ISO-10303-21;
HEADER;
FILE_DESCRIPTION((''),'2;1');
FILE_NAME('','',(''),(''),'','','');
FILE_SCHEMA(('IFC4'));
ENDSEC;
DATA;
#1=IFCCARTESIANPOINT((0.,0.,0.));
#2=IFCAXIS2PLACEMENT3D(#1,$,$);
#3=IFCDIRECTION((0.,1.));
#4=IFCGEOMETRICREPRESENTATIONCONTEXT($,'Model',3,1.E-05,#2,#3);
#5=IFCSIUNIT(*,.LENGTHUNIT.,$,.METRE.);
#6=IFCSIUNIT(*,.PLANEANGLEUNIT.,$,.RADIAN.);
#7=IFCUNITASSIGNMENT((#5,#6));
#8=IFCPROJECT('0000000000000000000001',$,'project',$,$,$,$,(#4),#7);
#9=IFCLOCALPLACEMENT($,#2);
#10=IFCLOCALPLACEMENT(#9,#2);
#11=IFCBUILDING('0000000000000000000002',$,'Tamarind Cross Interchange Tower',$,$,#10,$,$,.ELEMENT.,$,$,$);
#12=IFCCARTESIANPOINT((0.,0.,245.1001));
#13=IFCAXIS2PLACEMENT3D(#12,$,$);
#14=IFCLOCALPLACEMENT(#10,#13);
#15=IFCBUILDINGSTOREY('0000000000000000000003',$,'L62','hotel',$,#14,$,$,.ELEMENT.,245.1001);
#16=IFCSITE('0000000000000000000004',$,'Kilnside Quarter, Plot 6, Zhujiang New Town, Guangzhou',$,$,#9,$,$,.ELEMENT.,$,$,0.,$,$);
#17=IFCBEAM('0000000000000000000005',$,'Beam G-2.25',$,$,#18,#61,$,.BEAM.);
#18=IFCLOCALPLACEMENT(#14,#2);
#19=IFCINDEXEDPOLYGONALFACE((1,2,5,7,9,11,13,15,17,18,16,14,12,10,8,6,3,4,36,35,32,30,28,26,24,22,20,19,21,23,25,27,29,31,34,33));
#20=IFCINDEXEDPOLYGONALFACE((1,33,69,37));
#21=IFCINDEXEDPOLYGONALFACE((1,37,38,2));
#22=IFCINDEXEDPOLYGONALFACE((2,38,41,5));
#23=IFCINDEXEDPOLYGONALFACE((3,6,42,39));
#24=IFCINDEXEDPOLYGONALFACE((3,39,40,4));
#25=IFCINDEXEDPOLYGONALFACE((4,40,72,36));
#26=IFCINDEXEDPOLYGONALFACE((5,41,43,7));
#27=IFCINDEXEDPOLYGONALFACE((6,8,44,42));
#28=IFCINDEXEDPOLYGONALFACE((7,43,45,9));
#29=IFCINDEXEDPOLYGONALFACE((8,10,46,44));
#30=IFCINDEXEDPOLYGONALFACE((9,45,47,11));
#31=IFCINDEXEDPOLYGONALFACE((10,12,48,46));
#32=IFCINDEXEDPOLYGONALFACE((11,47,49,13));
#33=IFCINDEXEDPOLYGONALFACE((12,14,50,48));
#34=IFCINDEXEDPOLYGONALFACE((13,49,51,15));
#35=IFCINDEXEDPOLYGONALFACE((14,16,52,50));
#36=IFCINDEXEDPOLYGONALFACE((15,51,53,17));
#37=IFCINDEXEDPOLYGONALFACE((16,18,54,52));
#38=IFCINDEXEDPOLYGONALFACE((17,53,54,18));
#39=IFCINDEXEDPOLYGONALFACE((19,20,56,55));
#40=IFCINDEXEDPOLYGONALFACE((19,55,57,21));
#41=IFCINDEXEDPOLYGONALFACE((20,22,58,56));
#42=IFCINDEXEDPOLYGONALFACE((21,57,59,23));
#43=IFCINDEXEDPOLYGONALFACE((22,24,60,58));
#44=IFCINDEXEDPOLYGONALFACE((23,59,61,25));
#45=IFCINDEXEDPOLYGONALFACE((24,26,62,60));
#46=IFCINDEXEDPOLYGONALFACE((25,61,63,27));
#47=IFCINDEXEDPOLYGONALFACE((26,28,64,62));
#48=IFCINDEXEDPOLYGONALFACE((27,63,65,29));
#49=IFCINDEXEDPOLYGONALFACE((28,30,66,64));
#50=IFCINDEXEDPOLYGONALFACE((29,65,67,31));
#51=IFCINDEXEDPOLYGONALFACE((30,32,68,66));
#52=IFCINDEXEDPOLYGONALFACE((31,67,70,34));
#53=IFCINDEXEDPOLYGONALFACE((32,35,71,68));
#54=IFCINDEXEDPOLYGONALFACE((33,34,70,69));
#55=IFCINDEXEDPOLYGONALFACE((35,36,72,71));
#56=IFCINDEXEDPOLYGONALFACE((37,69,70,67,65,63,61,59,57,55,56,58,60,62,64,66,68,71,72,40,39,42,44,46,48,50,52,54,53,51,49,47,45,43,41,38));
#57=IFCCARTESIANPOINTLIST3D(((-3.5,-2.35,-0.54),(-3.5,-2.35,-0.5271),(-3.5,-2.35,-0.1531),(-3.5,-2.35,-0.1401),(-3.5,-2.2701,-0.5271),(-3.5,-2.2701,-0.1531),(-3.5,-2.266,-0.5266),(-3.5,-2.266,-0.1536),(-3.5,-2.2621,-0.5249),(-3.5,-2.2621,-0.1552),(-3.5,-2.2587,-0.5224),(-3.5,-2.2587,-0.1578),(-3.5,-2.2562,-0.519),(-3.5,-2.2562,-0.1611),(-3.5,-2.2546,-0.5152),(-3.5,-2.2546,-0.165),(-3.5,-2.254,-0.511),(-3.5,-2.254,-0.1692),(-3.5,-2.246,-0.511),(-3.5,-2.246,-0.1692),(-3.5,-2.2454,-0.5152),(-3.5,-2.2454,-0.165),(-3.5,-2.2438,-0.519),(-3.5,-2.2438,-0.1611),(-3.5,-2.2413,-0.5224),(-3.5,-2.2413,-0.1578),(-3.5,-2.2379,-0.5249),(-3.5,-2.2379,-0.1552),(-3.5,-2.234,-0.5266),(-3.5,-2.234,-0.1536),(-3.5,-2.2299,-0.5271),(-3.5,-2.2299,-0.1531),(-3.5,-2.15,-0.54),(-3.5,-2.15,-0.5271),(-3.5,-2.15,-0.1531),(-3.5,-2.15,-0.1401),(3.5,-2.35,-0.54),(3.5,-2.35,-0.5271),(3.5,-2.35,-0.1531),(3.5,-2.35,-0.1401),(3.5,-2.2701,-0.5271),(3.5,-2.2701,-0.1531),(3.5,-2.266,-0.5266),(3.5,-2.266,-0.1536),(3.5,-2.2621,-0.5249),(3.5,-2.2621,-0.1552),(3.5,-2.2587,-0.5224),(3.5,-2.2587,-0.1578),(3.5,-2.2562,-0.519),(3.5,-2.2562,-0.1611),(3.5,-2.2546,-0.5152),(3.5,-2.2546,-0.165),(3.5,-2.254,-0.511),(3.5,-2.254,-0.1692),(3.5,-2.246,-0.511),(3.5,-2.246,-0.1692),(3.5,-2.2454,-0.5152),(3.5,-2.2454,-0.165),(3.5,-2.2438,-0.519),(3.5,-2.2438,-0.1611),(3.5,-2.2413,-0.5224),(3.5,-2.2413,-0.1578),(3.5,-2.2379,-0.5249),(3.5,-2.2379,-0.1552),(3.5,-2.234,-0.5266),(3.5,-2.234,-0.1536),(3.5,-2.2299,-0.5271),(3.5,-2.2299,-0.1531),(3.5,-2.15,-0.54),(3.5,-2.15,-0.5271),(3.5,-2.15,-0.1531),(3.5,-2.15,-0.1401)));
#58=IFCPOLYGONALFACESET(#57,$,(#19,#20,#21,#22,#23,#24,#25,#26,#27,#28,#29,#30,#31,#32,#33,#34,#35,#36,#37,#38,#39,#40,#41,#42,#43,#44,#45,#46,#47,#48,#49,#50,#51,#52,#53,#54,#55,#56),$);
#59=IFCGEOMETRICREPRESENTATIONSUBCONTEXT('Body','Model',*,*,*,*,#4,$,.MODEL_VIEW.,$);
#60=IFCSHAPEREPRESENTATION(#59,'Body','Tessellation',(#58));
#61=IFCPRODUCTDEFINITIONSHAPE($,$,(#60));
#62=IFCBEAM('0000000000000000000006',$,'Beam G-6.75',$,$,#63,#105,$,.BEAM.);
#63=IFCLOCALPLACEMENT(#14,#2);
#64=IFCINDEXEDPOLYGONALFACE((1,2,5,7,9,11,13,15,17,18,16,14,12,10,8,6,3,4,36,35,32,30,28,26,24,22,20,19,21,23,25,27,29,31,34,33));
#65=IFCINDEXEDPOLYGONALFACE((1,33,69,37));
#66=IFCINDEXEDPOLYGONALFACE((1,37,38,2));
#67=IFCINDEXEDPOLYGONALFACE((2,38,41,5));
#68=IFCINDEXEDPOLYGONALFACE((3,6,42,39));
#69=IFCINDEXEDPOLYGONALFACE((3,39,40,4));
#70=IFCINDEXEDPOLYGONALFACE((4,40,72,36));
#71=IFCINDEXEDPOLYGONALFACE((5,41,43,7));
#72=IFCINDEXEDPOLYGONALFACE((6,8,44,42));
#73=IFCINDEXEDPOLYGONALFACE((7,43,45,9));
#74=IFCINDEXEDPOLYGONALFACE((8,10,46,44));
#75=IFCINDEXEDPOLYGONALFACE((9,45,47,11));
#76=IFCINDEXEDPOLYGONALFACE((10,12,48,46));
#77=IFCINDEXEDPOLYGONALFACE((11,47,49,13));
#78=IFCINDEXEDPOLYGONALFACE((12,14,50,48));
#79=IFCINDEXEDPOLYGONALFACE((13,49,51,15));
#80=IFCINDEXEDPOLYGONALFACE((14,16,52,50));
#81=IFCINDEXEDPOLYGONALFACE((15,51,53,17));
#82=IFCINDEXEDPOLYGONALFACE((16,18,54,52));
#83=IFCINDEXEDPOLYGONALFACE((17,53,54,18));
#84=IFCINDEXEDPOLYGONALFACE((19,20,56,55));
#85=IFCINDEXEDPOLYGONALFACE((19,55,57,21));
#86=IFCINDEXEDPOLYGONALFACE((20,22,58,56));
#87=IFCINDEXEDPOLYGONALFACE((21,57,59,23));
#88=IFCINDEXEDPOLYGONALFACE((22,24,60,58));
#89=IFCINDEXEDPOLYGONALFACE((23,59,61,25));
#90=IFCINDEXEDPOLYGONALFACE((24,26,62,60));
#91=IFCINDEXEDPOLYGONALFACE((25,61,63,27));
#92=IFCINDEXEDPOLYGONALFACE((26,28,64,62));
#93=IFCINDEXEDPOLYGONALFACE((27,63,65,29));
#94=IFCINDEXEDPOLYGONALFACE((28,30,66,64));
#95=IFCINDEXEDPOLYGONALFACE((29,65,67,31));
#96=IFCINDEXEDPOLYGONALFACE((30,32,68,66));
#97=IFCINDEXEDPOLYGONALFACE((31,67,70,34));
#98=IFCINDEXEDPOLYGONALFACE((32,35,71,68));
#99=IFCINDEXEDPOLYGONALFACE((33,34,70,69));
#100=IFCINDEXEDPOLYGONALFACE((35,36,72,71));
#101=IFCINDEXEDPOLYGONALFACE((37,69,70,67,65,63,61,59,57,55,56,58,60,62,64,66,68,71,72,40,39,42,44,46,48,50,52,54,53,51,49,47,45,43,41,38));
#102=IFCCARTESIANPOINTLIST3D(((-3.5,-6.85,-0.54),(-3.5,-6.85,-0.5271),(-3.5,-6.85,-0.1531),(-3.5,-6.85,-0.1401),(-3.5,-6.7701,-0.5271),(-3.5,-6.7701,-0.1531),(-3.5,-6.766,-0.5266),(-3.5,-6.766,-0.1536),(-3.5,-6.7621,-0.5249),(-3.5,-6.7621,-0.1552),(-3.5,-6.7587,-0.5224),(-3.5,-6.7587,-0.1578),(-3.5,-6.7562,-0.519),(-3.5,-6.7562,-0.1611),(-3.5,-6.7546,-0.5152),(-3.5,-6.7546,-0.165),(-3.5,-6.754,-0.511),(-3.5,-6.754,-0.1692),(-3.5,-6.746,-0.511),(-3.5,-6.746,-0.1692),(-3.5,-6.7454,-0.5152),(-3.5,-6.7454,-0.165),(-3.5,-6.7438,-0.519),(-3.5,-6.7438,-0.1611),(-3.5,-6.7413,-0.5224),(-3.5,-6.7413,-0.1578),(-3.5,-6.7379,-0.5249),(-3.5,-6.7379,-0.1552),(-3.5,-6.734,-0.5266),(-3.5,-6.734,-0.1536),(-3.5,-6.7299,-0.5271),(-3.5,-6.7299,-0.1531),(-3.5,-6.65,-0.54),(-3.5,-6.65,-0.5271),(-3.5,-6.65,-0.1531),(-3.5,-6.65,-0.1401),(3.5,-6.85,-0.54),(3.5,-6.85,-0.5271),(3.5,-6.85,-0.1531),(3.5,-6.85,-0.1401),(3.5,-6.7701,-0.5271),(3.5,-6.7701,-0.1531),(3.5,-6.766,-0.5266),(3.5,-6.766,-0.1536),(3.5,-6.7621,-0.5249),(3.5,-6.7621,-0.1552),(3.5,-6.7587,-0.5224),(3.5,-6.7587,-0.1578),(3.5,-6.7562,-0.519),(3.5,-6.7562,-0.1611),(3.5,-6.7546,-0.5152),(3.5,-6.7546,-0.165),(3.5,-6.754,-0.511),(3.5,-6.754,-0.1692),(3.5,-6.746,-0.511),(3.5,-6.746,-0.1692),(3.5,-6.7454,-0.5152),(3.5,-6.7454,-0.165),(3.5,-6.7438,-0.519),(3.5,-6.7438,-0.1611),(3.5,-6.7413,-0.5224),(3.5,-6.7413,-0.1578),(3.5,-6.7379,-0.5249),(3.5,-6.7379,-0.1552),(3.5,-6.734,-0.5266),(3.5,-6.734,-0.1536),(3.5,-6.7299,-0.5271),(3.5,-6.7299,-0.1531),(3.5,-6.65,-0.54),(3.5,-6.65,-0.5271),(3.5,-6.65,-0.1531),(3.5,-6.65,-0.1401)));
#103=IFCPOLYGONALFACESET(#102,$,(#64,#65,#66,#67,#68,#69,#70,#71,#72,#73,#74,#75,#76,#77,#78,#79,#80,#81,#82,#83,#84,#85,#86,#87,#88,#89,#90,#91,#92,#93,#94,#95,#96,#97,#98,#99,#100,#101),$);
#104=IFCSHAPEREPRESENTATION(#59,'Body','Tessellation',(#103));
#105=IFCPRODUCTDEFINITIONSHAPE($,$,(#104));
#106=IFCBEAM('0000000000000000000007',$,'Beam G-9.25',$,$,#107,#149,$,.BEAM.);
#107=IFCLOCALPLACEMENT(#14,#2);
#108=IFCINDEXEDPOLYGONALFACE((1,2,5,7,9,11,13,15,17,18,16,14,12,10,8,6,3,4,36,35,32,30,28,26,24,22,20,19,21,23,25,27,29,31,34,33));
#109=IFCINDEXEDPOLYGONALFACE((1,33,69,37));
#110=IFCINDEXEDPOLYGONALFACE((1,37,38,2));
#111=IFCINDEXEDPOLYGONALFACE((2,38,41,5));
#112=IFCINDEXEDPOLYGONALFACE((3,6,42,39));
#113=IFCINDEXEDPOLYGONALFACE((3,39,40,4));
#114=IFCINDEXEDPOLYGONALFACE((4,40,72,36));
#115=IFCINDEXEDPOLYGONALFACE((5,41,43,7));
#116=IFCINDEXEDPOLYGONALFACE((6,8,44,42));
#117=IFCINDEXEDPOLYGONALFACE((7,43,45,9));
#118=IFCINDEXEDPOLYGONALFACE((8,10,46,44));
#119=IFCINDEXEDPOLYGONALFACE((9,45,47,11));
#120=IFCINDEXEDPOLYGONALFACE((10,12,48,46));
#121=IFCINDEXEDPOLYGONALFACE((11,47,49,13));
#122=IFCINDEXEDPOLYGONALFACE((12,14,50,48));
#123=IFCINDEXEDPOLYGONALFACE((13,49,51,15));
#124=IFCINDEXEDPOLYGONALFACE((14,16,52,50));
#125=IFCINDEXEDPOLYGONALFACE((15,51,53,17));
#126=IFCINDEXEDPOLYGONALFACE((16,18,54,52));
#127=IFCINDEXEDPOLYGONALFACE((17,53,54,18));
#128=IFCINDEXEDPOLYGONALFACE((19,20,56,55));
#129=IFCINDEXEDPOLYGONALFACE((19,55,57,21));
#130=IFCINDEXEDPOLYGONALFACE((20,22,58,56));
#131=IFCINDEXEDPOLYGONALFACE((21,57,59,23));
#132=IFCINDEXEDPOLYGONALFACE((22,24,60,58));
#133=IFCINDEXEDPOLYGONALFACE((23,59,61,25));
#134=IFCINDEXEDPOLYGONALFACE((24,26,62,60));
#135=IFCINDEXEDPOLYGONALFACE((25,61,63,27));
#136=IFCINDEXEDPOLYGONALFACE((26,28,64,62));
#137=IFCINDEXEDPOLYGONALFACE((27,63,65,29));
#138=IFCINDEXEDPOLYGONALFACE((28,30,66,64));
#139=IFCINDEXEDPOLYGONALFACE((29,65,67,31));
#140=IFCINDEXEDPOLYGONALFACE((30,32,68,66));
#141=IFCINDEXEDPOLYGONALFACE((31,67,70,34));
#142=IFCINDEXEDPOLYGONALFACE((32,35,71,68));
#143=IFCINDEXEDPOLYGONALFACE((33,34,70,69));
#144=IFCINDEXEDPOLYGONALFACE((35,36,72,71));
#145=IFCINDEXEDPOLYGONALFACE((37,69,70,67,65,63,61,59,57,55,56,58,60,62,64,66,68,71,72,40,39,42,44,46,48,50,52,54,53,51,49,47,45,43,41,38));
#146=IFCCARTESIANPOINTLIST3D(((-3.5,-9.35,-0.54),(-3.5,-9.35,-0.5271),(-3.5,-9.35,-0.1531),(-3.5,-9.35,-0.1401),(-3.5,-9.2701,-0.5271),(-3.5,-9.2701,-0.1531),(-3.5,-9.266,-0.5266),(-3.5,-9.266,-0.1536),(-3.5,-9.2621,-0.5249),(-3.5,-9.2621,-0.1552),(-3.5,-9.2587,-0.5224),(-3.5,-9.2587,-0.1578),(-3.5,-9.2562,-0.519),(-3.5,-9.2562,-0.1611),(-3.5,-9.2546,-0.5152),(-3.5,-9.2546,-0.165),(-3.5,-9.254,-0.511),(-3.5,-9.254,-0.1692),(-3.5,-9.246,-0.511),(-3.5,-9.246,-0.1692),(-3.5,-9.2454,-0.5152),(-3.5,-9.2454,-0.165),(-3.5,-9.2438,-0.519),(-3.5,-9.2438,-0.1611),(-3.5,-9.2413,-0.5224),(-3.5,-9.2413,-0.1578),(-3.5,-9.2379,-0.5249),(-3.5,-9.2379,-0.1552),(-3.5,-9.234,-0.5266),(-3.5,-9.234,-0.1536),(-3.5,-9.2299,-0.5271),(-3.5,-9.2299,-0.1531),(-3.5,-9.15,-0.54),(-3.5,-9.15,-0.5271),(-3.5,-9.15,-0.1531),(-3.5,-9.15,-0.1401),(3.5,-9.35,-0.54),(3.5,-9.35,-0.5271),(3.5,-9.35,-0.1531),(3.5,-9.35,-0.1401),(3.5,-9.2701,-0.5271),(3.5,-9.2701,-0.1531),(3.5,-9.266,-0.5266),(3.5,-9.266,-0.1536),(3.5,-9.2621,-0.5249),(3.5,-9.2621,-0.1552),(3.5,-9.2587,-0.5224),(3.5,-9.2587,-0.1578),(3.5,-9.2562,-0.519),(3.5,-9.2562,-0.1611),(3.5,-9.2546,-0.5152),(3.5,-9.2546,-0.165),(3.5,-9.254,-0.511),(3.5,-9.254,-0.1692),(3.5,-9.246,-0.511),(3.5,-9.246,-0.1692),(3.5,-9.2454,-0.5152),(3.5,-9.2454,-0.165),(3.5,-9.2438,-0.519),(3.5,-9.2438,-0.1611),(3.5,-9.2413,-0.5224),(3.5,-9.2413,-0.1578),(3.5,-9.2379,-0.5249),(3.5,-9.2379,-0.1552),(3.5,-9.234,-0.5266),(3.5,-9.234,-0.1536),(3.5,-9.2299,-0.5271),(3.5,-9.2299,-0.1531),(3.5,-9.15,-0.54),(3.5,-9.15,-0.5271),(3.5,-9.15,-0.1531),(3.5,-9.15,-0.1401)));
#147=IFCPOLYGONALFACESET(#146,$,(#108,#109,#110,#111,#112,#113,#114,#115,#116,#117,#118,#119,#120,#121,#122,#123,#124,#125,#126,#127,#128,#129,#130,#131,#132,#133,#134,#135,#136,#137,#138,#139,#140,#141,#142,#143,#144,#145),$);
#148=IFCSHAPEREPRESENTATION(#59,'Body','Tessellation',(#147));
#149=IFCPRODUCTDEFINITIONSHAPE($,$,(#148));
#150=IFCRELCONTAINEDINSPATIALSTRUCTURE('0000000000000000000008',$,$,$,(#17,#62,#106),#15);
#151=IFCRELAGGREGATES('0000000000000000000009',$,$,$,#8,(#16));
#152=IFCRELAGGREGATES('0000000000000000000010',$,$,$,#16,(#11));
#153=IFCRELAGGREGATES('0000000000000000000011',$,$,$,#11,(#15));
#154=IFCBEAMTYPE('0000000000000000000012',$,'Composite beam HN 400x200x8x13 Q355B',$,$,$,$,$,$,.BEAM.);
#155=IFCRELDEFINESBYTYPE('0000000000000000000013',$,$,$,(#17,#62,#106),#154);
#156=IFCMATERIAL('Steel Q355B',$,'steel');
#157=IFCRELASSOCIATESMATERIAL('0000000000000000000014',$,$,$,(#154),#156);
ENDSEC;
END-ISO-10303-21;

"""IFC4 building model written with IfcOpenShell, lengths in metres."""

from ifc_helpers import new_model, si_unit, direction, frame, origin, origin_2d, place, context, subcontext, project, spatial, i_section, extrude, material, material_profile, profile_set, type_object, element, save


model = new_model("IFC4")

# Units and contexts
model_context = context("Model", 3, precision=1e-05, world=origin(), true_north=direction((0.0, 1.0)))
body_context = subcontext(model_context, "Body", "Model", "MODEL_VIEW")
ifc_project = project(units=[si_unit("LENGTHUNIT", "METRE"), si_unit("PLANEANGLEUNIT", "RADIAN")], contexts=[model_context])

# Site, building, storey
site_placement = place(None, origin())
site = spatial("IfcSite", under=ifc_project, at=site_placement, Name="Kilnside Quarter, Plot 6, Zhujiang New Town, Guangzhou", CompositionType="ELEMENT", RefElevation=0.0)
building_placement = place(site_placement, origin())
building = spatial("IfcBuilding", under=site, at=building_placement, Name="Tamarind Cross Interchange Tower", CompositionType="ELEMENT")
storey_placement = place(building_placement, frame((0.0, 0.0, 245.1001)))
storey = spatial("IfcBuildingStorey", under=building, at=storey_placement, Name="L62", Description="hotel", CompositionType="ELEMENT", Elevation=245.1001)

# Beams
ifc_material_1 = material(Name="Steel Q355B", Category="steel")
ifc_material_profile = material_profile(ifc_material_1, i_section(OverallWidth=0.2, OverallDepth=0.3999, WebThickness=0.0081, FlangeThickness=0.0129, FilletRadius=0.0161, at=origin_2d()), Name="HN 400x200x8x13")
ifc_profile_set = profile_set([ifc_material_profile], Name="Steel Q355B")
beam_type = type_object("IfcBeamType", Name="Composite beam HN 400x200x8x13 Q355B", PredefinedType="BEAM", material=ifc_profile_set)
for number, where, z_axis, x_axis, name in (
    (1, (-3.5, -2.25, -0.3401), (1.0, 0.0, 0.0), (0.0, 1.0, 0.0), "Beam G-2.25"),
    (2, (-3.5, -6.75, -0.3401), (1.0, 0.0, 0.0), (0.0, 1.0, 0.0), "Beam G-6.75"),
    (3, (-3.5, -9.25, -0.3401), (1.0, 0.0, 0.0), (0.0, 1.0, 0.0), "Beam G-9.25"),
):
    element("IfcBeam", number, at=place(storey_placement, frame(where, z_axis=z_axis, x_axis=x_axis)), inside=storey, type_object=beam_type, Name=name, PredefinedType="BEAM", context=body_context, shape_type="SweptSolid", body=[
        extrude(i_section(OverallWidth=0.2, OverallDepth=0.3999, WebThickness=0.0081, FlangeThickness=0.0129, FilletRadius=0.0161, at=origin_2d()), origin(), (0.0, 0.0, 1.0), 7.0),
    ])

save(model, "model.ifc")
